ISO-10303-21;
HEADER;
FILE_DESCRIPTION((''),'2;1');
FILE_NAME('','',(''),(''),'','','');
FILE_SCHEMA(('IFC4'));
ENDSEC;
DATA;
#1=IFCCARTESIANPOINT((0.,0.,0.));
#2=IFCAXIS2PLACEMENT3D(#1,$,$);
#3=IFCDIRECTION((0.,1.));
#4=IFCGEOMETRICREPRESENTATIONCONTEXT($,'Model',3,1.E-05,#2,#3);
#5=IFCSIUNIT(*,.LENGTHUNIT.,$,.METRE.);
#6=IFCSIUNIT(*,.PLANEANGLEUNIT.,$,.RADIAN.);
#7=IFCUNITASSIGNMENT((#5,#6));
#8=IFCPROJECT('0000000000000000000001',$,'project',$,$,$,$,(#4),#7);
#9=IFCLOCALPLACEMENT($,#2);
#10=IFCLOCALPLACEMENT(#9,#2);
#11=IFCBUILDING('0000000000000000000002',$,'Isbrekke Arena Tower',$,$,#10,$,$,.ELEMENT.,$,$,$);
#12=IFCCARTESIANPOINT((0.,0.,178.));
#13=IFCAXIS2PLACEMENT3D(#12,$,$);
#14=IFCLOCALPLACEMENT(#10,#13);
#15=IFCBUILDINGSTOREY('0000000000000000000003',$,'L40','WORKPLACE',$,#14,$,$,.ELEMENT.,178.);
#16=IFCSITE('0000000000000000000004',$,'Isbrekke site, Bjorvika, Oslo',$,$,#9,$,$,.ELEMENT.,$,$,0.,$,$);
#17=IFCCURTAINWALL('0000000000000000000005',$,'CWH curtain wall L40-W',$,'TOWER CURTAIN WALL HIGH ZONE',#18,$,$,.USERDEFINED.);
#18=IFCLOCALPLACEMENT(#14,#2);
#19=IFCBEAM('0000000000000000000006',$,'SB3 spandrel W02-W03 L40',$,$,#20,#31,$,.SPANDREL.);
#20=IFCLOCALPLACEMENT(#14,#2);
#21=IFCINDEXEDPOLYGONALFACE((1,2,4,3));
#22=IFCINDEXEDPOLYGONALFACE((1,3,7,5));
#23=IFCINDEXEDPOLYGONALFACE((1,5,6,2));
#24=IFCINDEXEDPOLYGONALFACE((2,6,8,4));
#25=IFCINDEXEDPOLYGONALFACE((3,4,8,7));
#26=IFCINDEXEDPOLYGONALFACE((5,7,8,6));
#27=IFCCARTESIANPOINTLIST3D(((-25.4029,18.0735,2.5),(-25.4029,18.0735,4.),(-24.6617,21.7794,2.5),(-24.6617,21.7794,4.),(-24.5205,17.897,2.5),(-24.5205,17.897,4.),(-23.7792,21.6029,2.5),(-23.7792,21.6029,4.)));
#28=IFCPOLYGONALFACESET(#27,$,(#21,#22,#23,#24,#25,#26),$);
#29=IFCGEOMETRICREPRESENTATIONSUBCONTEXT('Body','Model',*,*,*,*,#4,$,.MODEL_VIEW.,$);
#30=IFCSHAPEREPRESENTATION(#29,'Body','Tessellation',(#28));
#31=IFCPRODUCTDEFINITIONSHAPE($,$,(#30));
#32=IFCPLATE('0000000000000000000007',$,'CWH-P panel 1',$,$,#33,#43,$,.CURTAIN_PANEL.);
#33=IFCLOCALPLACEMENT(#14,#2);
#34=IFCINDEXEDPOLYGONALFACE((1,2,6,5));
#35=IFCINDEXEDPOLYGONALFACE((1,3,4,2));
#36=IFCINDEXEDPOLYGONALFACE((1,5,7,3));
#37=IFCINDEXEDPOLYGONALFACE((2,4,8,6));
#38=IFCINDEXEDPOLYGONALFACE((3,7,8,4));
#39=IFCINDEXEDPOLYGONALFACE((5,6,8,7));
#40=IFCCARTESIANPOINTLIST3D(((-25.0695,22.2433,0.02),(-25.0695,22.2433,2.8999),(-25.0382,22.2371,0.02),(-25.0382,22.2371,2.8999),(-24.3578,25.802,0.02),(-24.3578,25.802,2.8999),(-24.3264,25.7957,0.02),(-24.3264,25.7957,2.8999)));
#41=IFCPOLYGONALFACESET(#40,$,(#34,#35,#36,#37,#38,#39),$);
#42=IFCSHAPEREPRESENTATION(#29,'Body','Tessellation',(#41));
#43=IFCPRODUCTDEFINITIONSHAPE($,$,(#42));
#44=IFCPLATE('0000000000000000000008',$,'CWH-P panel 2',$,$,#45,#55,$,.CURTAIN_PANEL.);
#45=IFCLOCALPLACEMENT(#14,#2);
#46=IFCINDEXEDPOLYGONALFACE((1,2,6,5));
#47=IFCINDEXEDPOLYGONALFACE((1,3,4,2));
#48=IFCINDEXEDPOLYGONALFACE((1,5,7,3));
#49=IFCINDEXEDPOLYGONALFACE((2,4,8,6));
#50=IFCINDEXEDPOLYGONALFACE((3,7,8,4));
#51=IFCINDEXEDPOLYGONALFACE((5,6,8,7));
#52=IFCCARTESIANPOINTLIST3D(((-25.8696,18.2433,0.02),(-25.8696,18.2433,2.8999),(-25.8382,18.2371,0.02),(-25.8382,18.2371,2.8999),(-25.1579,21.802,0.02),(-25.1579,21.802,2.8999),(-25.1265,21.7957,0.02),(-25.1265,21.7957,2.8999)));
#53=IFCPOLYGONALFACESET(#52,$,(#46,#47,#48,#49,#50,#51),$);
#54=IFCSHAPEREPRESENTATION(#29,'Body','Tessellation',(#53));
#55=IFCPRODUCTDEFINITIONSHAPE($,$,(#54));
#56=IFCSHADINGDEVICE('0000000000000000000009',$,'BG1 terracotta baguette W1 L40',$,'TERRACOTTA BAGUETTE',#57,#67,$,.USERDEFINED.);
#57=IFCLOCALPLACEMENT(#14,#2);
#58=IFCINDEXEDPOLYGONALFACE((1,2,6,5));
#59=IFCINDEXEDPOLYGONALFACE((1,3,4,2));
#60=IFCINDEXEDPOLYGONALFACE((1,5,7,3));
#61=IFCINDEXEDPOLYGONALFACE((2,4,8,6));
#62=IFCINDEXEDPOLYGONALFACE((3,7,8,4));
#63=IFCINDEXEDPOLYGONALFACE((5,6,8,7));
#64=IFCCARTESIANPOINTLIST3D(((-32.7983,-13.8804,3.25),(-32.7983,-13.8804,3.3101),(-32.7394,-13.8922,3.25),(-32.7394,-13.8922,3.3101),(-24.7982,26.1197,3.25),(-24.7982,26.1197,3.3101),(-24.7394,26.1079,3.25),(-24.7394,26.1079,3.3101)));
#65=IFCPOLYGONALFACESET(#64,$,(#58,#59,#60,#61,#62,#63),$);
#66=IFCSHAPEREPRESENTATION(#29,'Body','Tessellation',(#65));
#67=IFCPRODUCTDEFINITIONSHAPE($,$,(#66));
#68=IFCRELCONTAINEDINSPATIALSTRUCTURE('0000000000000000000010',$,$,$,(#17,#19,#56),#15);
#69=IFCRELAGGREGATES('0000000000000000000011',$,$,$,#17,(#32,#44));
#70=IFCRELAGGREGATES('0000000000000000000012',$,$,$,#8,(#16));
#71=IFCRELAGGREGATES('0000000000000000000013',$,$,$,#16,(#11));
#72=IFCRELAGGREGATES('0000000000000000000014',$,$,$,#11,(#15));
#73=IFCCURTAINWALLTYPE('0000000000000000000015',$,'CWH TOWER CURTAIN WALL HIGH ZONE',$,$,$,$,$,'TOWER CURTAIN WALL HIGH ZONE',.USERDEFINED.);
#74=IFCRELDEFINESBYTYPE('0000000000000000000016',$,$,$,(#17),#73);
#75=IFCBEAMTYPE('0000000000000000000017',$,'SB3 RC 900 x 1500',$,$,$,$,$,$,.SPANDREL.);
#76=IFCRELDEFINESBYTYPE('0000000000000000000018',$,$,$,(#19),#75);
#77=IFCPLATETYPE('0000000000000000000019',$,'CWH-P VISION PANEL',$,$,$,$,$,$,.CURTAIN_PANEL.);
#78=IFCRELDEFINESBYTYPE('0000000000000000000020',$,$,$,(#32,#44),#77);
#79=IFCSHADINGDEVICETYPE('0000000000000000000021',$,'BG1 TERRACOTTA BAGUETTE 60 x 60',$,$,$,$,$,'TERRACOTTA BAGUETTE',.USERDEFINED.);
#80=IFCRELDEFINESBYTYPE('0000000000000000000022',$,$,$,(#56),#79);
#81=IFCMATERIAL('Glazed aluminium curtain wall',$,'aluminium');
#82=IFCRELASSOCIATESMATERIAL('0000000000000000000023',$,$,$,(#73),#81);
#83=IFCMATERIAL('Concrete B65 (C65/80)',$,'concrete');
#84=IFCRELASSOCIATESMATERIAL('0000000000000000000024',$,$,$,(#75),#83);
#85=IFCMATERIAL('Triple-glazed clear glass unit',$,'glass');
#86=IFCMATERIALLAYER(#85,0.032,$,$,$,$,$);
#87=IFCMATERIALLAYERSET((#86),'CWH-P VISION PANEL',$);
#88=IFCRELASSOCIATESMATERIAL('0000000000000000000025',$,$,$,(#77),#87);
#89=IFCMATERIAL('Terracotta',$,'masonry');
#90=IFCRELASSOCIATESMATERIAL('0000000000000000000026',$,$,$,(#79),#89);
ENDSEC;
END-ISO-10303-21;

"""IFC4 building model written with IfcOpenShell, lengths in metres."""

from ifc_helpers import new_model, si_unit, direction, frame, origin, origin_2d, place, context, subcontext, project, spatial, rectangle, extrude, material, layer, layer_set, material_profile, profile_set, type_object, element, aggregate, save


model = new_model("IFC4")

# Units and contexts
model_context = context("Model", 3, precision=1e-05, world=origin(), true_north=direction((0.0, 1.0)))
body_context = subcontext(model_context, "Body", "Model", "MODEL_VIEW")
ifc_project = project(units=[si_unit("LENGTHUNIT", "METRE"), si_unit("PLANEANGLEUNIT", "RADIAN")], contexts=[model_context])

# Site, building, storey
site_placement = place(None, origin())
site = spatial("IfcSite", under=ifc_project, at=site_placement, Name="Isbrekke site, Bjorvika, Oslo", CompositionType="ELEMENT", RefElevation=0.0)
building_placement = place(site_placement, origin())
building = spatial("IfcBuilding", under=site, at=building_placement, Name="Isbrekke Arena Tower", CompositionType="ELEMENT")
storey_placement = place(building_placement, frame((0.0, 0.0, 178.0)))
storey = spatial("IfcBuildingStorey", under=building, at=storey_placement, Name="L40", Description="WORKPLACE", CompositionType="ELEMENT", Elevation=178.0)

# Curtain wall
ifc_material_1 = material(Name="Glazed aluminium curtain wall", Category="aluminium")
curtain_wall_type = type_object("IfcCurtainWallType", Name="CWH TOWER CURTAIN WALL HIGH ZONE", ElementType="TOWER CURTAIN WALL HIGH ZONE", PredefinedType="USERDEFINED", material=ifc_material_1)
curtain_wall_placement = place(storey_placement, origin())
curtain_wall = element("IfcCurtainWall", 1, at=curtain_wall_placement, inside=storey, type_object=curtain_wall_type, Name="CWH curtain wall L40-W", ObjectType="TOWER CURTAIN WALL HIGH ZONE", PredefinedType="USERDEFINED")

# Beam
ifc_material_2 = material(Name="Concrete B65 (C65/80)", Category="concrete")
ifc_material_profile_1 = material_profile(ifc_material_2, rectangle(XDim=0.8999, YDim=1.5, at=origin_2d()), Name="RC 900x1500")
ifc_profile_set_1 = profile_set([ifc_material_profile_1], Name="Concrete B65 (C65/80)")
beam_type_1 = type_object("IfcBeamType", Name="SB3 RC 900 x 1500", PredefinedType="SPANDREL", material=ifc_profile_set_1)
beam_1_placement = place(storey_placement, frame((-24.2205, 21.6912, 3.25), z_axis=(-0.196129, -0.980578, 0.0), x_axis=(0.980578, -0.196129, 0.0)))
element("IfcBeam", 2, at=beam_1_placement, inside=storey, type_object=beam_type_1, Name="SB3 spandrel W02-W03 L40", PredefinedType="SPANDREL", context=body_context, shape_type="SweptSolid", body=[
    extrude(rectangle(XDim=0.8999, YDim=1.5, at=origin_2d()), origin(), (0.0, 0.0, 1.0), 3.7793),
])

# Plates
ifc_material_3 = material(Name="Triple-glazed clear glass unit", Category="glass")
ifc_layer_1 = layer(ifc_material_3, 0.032)
ifc_layer_set_1 = layer_set([ifc_layer_1], Name="CWH-P VISION PANEL")
plate_type = type_object("IfcPlateType", Name="CWH-P VISION PANEL", PredefinedType="CURTAIN_PANEL", material=ifc_layer_set_1)
plate_1_placement = place(storey_placement, frame((-24.698, 24.0195, 0.02), z_axis=(0.0, 0.0, 1.0), x_axis=(-0.196116, -0.980581, 0.0)))
plate_1 = element("IfcPlate", 3, at=plate_1_placement, type_object=plate_type, Name="CWH-P panel 1", PredefinedType="CURTAIN_PANEL", context=body_context, shape_type="SweptSolid", body=[
    extrude(rectangle(XDim=3.6292, YDim=0.032, at=origin_2d()), origin(), (0.0, 0.0, 1.0), 2.8799),
])
plate_2_placement = place(storey_placement, frame((-25.498, 20.0195, 0.02), z_axis=(0.0, 0.0, 1.0), x_axis=(-0.196116, -0.980581, 0.0)))
plate_2 = element("IfcPlate", 4, at=plate_2_placement, type_object=plate_type, Name="CWH-P panel 2", PredefinedType="CURTAIN_PANEL", context=body_context, shape_type="SweptSolid", body=[
    extrude(rectangle(XDim=3.6292, YDim=0.032, at=origin_2d()), origin(), (0.0, 0.0, 1.0), 2.8799),
])
aggregate(curtain_wall, [plate_1, plate_2])

# Shading device
ifc_material_4 = material(Name="Terracotta", Category="masonry")
ifc_material_profile_2 = material_profile(ifc_material_4, rectangle(XDim=0.0601, YDim=0.0601, at=origin_2d()), Name="BAGUETTE 60X60")
ifc_profile_set_2 = profile_set([ifc_material_profile_2], Name="Terracotta")
shading_device_type = type_object("IfcShadingDeviceType", Name="BG1 TERRACOTTA BAGUETTE 60 x 60", ElementType="TERRACOTTA BAGUETTE", PredefinedType="USERDEFINED", material=ifc_profile_set_2)
shading_device_placement = place(storey_placement, frame((-24.7688, 26.1138, 3.28), z_axis=(-0.196116, -0.980581, 0.0), x_axis=(0.980581, -0.196116, 0.0)))
element("IfcShadingDevice", 5, at=shading_device_placement, inside=storey, type_object=shading_device_type, Name="BG1 terracotta baguette W1 L40", ObjectType="TERRACOTTA BAGUETTE", PredefinedType="USERDEFINED", context=body_context, shape_type="SweptSolid", body=[
    extrude(rectangle(XDim=0.0601, YDim=0.0601, at=origin_2d()), origin(), (0.0, 0.0, 1.0), 40.7922),
])

save(model, "model.ifc")
